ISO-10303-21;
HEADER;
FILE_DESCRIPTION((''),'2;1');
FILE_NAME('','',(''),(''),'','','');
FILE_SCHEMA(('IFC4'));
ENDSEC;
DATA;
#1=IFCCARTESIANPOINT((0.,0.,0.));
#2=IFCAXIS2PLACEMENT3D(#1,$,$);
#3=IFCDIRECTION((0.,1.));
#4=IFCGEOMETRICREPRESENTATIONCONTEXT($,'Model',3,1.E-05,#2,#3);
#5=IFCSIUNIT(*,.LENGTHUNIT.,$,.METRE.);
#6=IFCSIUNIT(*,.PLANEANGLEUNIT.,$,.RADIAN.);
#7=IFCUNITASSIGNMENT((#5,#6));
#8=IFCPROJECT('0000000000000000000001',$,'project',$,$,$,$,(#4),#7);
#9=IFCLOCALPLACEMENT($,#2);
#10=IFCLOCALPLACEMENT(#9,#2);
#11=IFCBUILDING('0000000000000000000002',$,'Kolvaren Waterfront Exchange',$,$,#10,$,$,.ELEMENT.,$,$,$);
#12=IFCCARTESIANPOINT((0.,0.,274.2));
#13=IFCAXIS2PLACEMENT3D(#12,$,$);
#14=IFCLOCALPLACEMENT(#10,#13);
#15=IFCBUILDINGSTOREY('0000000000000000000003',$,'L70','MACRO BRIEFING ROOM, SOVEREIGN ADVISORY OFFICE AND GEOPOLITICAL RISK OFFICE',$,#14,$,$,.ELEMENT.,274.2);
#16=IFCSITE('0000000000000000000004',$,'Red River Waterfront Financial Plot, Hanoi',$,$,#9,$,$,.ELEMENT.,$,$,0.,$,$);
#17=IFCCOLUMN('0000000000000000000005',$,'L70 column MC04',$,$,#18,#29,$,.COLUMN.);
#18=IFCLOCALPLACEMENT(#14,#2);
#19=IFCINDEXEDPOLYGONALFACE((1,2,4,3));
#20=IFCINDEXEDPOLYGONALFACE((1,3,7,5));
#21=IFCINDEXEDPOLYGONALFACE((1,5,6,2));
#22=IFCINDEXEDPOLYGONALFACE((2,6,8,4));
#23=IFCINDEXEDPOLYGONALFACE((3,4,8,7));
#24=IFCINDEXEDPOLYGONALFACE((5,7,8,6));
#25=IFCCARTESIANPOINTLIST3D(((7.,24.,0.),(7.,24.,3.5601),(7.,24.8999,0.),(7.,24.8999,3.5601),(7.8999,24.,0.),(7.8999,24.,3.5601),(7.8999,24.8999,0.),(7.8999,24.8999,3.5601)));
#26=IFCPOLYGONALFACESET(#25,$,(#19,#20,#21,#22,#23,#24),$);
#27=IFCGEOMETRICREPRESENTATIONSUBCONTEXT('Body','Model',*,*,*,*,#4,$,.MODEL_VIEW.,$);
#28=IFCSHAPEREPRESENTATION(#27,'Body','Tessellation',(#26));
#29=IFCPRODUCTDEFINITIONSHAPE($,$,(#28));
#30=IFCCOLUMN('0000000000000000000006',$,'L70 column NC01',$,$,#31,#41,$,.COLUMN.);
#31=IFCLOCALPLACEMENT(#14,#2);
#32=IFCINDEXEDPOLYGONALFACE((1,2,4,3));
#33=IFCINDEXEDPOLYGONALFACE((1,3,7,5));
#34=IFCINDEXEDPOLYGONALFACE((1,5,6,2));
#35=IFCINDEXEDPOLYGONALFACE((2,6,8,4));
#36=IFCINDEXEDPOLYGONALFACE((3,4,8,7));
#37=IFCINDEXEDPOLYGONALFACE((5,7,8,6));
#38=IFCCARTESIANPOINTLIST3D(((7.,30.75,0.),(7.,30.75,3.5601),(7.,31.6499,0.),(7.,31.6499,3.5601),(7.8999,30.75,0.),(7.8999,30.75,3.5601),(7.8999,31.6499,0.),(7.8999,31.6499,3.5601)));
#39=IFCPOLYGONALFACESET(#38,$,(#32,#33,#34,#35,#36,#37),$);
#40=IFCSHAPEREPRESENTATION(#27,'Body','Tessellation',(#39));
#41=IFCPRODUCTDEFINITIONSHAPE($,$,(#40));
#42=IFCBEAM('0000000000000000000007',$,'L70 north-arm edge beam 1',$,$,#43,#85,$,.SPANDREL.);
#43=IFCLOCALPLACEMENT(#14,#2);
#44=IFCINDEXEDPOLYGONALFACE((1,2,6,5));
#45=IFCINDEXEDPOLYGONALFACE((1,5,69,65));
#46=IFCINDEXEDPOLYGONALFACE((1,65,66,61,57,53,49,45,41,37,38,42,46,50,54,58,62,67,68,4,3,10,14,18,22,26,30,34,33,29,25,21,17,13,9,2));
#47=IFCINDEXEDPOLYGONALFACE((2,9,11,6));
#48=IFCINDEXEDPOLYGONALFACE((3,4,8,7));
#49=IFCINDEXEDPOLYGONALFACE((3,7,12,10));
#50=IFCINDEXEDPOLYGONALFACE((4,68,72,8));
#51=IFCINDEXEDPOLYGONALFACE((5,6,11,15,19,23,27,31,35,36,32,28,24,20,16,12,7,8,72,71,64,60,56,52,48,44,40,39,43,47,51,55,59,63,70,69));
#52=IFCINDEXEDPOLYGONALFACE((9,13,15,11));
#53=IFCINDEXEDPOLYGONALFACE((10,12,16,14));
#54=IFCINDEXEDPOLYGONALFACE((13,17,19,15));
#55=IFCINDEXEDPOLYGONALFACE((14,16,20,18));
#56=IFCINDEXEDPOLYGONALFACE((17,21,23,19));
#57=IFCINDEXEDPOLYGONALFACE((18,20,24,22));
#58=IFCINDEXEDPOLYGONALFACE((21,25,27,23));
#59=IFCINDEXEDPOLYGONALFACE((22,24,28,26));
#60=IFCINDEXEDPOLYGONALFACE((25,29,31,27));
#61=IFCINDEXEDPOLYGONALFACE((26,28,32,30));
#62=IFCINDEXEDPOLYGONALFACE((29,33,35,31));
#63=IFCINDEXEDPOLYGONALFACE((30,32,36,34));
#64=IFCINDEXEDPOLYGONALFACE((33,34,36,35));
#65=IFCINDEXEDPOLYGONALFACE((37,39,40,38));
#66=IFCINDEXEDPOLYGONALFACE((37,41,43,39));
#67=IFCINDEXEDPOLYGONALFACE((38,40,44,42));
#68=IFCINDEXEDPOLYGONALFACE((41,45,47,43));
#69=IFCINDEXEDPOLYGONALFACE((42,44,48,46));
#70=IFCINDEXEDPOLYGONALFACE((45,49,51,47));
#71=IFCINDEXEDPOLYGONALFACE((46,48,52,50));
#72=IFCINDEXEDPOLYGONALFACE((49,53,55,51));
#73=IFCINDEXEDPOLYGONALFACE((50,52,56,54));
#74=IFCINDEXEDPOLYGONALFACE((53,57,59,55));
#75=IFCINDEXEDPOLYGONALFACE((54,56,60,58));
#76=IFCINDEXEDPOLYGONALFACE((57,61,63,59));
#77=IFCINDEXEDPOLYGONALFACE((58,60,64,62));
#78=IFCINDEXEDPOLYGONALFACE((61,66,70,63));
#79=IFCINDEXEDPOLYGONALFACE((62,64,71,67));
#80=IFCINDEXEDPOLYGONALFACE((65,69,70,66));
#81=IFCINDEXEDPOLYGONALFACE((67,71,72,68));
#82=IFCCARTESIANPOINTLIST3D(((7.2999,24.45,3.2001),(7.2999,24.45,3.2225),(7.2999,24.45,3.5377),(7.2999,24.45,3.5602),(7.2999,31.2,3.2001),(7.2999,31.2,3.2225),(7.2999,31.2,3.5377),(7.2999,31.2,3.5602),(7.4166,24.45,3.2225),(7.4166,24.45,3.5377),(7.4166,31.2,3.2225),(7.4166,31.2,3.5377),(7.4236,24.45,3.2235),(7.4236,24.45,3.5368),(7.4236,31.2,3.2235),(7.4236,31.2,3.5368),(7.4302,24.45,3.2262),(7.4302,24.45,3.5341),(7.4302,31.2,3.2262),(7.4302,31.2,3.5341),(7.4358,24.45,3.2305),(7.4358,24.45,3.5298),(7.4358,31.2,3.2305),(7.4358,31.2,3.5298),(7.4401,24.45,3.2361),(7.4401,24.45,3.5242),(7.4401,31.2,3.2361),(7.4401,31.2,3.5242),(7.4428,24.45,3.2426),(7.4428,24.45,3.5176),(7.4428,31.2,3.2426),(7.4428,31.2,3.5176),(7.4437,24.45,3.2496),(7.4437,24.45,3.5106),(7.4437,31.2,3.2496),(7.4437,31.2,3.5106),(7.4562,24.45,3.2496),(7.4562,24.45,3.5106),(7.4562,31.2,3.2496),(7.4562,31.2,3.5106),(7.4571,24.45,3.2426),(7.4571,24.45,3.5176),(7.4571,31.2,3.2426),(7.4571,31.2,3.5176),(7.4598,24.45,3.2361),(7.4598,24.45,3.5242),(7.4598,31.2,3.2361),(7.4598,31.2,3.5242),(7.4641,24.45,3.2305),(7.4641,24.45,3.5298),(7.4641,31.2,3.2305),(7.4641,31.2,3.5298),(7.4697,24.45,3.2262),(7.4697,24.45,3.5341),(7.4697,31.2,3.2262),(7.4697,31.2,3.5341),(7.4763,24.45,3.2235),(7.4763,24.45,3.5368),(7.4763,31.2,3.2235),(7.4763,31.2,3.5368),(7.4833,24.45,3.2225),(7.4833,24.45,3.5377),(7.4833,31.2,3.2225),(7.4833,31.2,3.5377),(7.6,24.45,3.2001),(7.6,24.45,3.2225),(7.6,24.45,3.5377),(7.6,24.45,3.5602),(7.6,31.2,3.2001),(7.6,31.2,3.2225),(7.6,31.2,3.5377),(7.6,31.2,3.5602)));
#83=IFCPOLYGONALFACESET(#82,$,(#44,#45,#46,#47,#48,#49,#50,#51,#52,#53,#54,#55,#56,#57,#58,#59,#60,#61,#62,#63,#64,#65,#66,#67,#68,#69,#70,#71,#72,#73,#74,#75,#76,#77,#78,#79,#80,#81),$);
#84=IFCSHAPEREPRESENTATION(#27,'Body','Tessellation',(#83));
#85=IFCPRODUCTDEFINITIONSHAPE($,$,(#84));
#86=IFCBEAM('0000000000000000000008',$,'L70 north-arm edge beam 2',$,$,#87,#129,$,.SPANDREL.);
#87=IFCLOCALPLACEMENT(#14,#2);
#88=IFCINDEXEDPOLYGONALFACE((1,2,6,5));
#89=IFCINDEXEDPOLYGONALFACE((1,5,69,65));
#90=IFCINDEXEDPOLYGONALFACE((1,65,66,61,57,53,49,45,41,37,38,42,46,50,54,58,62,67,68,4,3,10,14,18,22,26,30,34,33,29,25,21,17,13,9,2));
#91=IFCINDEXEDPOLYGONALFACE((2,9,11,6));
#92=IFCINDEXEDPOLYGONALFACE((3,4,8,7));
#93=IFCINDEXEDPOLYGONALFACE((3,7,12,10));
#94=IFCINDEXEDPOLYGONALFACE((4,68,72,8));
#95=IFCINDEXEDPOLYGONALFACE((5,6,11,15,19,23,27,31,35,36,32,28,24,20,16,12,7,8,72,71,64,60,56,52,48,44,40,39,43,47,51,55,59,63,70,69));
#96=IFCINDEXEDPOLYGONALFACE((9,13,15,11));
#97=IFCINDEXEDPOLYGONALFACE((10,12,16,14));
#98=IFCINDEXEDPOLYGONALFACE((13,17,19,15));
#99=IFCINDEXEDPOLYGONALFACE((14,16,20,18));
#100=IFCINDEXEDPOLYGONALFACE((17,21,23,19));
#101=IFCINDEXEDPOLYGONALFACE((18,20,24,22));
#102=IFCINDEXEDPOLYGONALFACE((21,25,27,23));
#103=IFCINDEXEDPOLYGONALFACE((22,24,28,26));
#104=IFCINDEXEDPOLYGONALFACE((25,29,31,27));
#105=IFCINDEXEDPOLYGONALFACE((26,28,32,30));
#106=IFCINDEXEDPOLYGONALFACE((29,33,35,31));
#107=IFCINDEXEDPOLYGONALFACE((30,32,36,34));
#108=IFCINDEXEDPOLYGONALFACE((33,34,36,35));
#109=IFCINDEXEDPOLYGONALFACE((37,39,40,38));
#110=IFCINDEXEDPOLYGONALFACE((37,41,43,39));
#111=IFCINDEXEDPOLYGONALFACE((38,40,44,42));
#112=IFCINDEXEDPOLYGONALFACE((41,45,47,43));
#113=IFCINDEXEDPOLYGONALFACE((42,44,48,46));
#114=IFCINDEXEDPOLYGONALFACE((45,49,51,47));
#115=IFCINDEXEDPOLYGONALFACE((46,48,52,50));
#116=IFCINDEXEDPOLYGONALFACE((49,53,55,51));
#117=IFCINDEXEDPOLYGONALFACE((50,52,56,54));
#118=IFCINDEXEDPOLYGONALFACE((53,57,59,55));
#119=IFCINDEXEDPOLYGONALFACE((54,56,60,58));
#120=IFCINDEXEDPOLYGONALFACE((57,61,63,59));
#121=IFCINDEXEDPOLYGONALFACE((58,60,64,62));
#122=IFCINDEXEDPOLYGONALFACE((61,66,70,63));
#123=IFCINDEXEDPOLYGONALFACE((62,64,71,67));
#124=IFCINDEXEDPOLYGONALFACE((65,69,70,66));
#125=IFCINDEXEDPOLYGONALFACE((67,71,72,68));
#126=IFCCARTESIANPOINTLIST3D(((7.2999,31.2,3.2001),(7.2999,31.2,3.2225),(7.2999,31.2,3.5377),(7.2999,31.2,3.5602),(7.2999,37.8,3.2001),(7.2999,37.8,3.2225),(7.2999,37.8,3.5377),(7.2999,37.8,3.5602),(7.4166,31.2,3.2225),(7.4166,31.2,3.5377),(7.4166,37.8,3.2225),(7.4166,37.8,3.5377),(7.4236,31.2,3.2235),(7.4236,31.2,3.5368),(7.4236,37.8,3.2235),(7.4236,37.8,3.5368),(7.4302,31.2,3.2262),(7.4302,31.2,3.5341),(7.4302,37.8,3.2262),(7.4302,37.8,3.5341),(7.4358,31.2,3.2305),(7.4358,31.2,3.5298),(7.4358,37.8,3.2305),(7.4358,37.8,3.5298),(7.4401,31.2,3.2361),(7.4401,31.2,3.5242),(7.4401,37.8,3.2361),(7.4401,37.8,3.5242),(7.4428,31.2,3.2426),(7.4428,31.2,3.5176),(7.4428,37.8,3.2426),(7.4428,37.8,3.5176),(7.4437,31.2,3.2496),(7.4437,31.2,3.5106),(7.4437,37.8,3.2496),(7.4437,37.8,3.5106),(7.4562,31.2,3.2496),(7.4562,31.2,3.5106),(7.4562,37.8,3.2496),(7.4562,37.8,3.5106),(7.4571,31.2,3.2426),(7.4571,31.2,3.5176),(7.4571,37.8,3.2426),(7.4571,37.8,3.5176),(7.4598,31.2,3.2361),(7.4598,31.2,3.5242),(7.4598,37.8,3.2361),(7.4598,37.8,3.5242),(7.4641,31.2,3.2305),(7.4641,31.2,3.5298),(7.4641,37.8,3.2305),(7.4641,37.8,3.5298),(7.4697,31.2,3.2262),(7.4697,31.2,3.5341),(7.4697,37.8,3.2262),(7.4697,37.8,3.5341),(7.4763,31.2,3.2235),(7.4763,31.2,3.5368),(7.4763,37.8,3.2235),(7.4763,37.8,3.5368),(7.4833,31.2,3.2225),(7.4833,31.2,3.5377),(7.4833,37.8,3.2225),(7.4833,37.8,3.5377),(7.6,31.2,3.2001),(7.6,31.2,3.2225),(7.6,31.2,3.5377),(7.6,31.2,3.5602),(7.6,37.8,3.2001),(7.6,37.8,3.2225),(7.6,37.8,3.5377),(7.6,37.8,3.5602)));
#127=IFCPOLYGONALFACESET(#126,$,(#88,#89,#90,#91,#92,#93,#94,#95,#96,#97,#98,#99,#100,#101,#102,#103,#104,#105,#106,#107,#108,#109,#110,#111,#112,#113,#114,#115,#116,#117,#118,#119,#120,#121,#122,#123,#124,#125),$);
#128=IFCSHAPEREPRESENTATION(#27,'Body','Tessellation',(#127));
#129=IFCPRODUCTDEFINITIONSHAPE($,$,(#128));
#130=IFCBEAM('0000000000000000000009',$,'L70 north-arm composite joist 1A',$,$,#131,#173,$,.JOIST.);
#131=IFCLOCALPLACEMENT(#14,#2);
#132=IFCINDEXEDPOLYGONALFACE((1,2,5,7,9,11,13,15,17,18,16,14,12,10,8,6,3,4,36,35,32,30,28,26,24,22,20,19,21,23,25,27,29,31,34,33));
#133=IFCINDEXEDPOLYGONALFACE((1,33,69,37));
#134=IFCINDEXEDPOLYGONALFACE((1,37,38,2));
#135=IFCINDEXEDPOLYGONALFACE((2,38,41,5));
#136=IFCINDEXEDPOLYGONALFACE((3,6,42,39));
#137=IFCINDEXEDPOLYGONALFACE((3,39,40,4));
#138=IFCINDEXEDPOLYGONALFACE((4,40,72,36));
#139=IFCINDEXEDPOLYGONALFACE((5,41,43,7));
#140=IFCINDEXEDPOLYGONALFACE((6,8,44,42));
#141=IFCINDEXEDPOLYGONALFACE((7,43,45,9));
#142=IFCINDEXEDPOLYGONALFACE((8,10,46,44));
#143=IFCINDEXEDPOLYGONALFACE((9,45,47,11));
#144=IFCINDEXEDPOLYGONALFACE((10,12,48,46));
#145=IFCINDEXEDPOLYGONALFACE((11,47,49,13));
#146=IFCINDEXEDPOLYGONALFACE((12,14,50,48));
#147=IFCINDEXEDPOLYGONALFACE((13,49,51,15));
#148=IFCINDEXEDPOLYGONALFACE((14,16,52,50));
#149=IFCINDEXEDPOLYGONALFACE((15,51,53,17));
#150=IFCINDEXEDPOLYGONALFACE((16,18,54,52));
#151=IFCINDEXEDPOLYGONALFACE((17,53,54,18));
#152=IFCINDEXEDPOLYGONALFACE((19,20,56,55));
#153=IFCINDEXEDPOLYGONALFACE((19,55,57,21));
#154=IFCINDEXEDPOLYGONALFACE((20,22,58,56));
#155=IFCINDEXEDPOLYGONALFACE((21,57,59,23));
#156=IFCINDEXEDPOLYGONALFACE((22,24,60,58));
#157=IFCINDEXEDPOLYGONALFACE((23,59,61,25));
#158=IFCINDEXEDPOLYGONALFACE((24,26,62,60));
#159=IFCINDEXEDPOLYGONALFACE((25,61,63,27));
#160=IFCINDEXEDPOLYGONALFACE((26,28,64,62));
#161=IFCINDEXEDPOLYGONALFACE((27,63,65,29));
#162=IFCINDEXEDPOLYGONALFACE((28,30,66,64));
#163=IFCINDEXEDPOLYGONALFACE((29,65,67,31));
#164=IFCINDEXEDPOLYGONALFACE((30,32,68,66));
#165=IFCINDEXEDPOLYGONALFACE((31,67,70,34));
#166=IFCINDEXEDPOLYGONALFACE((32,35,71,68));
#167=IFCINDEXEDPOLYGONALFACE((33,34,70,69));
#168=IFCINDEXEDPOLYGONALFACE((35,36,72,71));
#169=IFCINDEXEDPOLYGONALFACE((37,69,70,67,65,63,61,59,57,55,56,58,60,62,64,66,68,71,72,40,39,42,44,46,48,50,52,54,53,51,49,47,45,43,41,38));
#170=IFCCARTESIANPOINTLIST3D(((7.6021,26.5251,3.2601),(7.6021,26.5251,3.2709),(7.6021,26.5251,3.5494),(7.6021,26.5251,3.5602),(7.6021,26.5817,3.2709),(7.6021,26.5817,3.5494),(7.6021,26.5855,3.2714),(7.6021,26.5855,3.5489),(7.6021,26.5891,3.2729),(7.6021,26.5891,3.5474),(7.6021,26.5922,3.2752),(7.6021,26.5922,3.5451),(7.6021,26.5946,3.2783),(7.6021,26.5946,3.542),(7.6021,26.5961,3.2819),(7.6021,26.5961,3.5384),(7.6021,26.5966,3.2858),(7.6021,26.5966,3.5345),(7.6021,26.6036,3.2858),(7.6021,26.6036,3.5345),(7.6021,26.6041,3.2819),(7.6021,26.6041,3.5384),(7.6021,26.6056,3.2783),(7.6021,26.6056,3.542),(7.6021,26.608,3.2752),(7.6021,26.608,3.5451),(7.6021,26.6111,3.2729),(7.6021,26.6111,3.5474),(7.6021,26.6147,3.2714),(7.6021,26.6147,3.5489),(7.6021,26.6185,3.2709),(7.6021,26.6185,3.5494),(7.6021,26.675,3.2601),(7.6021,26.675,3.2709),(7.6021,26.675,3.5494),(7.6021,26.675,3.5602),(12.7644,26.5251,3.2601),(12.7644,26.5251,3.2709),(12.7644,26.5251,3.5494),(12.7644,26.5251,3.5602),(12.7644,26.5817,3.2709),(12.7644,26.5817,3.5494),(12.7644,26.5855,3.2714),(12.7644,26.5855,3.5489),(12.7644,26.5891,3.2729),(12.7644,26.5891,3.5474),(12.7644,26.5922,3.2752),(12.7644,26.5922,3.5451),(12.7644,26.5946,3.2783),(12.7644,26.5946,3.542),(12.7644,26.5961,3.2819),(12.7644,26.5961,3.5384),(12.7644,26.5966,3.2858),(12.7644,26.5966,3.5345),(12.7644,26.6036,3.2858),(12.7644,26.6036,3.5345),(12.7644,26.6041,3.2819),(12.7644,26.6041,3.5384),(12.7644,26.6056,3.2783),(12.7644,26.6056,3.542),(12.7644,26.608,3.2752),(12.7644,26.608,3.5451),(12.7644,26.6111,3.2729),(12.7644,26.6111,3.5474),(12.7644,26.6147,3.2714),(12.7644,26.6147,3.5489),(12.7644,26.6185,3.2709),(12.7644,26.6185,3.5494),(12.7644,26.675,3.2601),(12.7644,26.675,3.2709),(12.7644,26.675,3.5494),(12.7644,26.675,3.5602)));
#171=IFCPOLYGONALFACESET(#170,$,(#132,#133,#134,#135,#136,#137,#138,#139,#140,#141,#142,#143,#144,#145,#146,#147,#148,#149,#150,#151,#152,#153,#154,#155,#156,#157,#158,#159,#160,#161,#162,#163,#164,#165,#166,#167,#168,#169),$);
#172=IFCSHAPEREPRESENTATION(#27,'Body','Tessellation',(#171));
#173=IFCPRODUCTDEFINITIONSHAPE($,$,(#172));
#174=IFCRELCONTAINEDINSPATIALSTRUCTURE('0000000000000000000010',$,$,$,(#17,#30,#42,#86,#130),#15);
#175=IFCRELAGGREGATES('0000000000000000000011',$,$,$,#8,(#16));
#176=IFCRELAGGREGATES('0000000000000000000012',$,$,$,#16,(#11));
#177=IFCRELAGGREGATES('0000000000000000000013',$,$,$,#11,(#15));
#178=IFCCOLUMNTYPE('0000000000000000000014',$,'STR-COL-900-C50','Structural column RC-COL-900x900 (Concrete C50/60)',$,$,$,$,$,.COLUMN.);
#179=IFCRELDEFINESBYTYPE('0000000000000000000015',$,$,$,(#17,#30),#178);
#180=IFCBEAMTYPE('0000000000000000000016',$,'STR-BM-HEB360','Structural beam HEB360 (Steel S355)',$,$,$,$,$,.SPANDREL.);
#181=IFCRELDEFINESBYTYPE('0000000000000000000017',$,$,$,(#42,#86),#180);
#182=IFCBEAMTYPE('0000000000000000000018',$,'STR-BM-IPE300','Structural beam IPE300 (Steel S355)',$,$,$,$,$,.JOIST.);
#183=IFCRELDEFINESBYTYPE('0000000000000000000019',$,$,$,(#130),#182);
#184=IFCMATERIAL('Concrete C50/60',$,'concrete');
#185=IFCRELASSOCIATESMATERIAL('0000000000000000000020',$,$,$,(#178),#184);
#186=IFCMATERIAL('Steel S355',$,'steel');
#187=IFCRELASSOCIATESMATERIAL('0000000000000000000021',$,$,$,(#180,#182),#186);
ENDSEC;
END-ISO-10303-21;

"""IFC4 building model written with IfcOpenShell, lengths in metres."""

from ifc_helpers import new_model, si_unit, direction, frame, origin, origin_2d, place, context, subcontext, project, spatial, rectangle, i_section, extrude, material, material_profile, profile_set, type_object, element, save


model = new_model("IFC4")

# Units and contexts
model_context = context("Model", 3, precision=1e-05, world=origin(), true_north=direction((0.0, 1.0)))
body_context = subcontext(model_context, "Body", "Model", "MODEL_VIEW")
ifc_project = project(units=[si_unit("LENGTHUNIT", "METRE"), si_unit("PLANEANGLEUNIT", "RADIAN")], contexts=[model_context])

# Site, building, storey
site_placement = place(None, origin())
site = spatial("IfcSite", under=ifc_project, at=site_placement, Name="Red River Waterfront Financial Plot, Hanoi", CompositionType="ELEMENT", RefElevation=0.0)
building_placement = place(site_placement, origin())
building = spatial("IfcBuilding", under=site, at=building_placement, Name="Kolvaren Waterfront Exchange", CompositionType="ELEMENT")
storey_placement = place(building_placement, frame((0.0, 0.0, 274.2)))
storey = spatial("IfcBuildingStorey", under=building, at=storey_placement, Name="L70", Description="MACRO BRIEFING ROOM, SOVEREIGN ADVISORY OFFICE AND GEOPOLITICAL RISK OFFICE", CompositionType="ELEMENT", Elevation=274.2)

# Columns
ifc_material_1 = material(Name="Concrete C50/60", Category="concrete")
ifc_material_profile_1 = material_profile(ifc_material_1, rectangle(XDim=0.8999, YDim=0.8999, at=origin_2d()), Name="RC-COL-900x900")
ifc_profile_set_1 = profile_set([ifc_material_profile_1], Name="Concrete C50/60")
column_type = type_object("IfcColumnType", Name="STR-COL-900-C50", Description="Structural column RC-COL-900x900 (Concrete C50/60)", PredefinedType="COLUMN", material=ifc_profile_set_1)
for number, where, z_axis, x_axis, name in (
    (1, (7.45, 24.45, 0.0), (0.0, 0.0, 1.0), (1.0, 0.0, 0.0), "L70 column MC04"),
    (2, (7.45, 31.2, 0.0), (0.0, 0.0, 1.0), (1.0, 0.0, 0.0), "L70 column NC01"),
):
    element("IfcColumn", number, at=place(storey_placement, frame(where, z_axis=z_axis, x_axis=x_axis)), inside=storey, type_object=column_type, Name=name, PredefinedType="COLUMN", context=body_context, shape_type="SweptSolid", body=[
        extrude(rectangle(XDim=0.8999, YDim=0.8999, at=origin_2d()), origin(), (0.0, 0.0, 1.0), 3.5601),
    ])

# Beams
ifc_material_2 = material(Name="Steel S355", Category="steel")
ifc_material_profile_2 = material_profile(ifc_material_2, i_section(OverallWidth=0.3, OverallDepth=0.3601, WebThickness=0.0125, FlangeThickness=0.0225, FilletRadius=0.0271, at=origin_2d()), Name="HEB360")
ifc_profile_set_2 = profile_set([ifc_material_profile_2], Name="Steel S355")
beam_type_1 = type_object("IfcBeamType", Name="STR-BM-HEB360", Description="Structural beam HEB360 (Steel S355)", PredefinedType="SPANDREL", material=ifc_profile_set_2)
beam_1_placement = place(storey_placement, frame((7.45, 24.45, 3.3801), z_axis=(0.0, 1.0, 0.0), x_axis=(-1.0, 0.0, 0.0)))
element("IfcBeam", 3, at=beam_1_placement, inside=storey, type_object=beam_type_1, Name="L70 north-arm edge beam 1", PredefinedType="SPANDREL", context=body_context, shape_type="SweptSolid", body=[
    extrude(i_section(OverallWidth=0.3, OverallDepth=0.3601, WebThickness=0.0125, FlangeThickness=0.0225, FilletRadius=0.0271, at=origin_2d()), origin(), (0.0, 0.0, 1.0), 6.75),
])
beam_2_placement = place(storey_placement, frame((7.45, 31.2, 3.3801), z_axis=(0.0, 1.0, 0.0), x_axis=(-1.0, 0.0, 0.0)))
element("IfcBeam", 4, at=beam_2_placement, inside=storey, type_object=beam_type_1, Name="L70 north-arm edge beam 2", PredefinedType="SPANDREL", context=body_context, shape_type="SweptSolid", body=[
    extrude(i_section(OverallWidth=0.3, OverallDepth=0.3601, WebThickness=0.0125, FlangeThickness=0.0225, FilletRadius=0.0271, at=origin_2d()), origin(), (0.0, 0.0, 1.0), 6.6001),
])
ifc_material_profile_3 = material_profile(ifc_material_2, i_section(OverallWidth=0.1499, OverallDepth=0.3, WebThickness=0.0071, FlangeThickness=0.0107, FilletRadius=0.0149, at=origin_2d()), Name="IPE300")
ifc_profile_set_3 = profile_set([ifc_material_profile_3], Name="Steel S355")
beam_type_2 = type_object("IfcBeamType", Name="STR-BM-IPE300", Description="Structural beam IPE300 (Steel S355)", PredefinedType="JOIST", material=ifc_profile_set_3)
for number, where, z_axis, x_axis, name in (
    (5, (7.6021, 26.6001, 3.4102), (1.0, 0.0, 0.0), (0.0, 1.0, 0.0), "L70 north-arm composite joist 1A"),
):
    element("IfcBeam", number, at=place(storey_placement, frame(where, z_axis=z_axis, x_axis=x_axis)), inside=storey, type_object=beam_type_2, Name=name, PredefinedType="JOIST", context=body_context, shape_type="SweptSolid", body=[
        extrude(i_section(OverallWidth=0.1499, OverallDepth=0.3, WebThickness=0.0071, FlangeThickness=0.0107, FilletRadius=0.0149, at=origin_2d()), origin(), (0.0, 0.0, 1.0), 5.1624),
    ])

save(model, "model.ifc")
